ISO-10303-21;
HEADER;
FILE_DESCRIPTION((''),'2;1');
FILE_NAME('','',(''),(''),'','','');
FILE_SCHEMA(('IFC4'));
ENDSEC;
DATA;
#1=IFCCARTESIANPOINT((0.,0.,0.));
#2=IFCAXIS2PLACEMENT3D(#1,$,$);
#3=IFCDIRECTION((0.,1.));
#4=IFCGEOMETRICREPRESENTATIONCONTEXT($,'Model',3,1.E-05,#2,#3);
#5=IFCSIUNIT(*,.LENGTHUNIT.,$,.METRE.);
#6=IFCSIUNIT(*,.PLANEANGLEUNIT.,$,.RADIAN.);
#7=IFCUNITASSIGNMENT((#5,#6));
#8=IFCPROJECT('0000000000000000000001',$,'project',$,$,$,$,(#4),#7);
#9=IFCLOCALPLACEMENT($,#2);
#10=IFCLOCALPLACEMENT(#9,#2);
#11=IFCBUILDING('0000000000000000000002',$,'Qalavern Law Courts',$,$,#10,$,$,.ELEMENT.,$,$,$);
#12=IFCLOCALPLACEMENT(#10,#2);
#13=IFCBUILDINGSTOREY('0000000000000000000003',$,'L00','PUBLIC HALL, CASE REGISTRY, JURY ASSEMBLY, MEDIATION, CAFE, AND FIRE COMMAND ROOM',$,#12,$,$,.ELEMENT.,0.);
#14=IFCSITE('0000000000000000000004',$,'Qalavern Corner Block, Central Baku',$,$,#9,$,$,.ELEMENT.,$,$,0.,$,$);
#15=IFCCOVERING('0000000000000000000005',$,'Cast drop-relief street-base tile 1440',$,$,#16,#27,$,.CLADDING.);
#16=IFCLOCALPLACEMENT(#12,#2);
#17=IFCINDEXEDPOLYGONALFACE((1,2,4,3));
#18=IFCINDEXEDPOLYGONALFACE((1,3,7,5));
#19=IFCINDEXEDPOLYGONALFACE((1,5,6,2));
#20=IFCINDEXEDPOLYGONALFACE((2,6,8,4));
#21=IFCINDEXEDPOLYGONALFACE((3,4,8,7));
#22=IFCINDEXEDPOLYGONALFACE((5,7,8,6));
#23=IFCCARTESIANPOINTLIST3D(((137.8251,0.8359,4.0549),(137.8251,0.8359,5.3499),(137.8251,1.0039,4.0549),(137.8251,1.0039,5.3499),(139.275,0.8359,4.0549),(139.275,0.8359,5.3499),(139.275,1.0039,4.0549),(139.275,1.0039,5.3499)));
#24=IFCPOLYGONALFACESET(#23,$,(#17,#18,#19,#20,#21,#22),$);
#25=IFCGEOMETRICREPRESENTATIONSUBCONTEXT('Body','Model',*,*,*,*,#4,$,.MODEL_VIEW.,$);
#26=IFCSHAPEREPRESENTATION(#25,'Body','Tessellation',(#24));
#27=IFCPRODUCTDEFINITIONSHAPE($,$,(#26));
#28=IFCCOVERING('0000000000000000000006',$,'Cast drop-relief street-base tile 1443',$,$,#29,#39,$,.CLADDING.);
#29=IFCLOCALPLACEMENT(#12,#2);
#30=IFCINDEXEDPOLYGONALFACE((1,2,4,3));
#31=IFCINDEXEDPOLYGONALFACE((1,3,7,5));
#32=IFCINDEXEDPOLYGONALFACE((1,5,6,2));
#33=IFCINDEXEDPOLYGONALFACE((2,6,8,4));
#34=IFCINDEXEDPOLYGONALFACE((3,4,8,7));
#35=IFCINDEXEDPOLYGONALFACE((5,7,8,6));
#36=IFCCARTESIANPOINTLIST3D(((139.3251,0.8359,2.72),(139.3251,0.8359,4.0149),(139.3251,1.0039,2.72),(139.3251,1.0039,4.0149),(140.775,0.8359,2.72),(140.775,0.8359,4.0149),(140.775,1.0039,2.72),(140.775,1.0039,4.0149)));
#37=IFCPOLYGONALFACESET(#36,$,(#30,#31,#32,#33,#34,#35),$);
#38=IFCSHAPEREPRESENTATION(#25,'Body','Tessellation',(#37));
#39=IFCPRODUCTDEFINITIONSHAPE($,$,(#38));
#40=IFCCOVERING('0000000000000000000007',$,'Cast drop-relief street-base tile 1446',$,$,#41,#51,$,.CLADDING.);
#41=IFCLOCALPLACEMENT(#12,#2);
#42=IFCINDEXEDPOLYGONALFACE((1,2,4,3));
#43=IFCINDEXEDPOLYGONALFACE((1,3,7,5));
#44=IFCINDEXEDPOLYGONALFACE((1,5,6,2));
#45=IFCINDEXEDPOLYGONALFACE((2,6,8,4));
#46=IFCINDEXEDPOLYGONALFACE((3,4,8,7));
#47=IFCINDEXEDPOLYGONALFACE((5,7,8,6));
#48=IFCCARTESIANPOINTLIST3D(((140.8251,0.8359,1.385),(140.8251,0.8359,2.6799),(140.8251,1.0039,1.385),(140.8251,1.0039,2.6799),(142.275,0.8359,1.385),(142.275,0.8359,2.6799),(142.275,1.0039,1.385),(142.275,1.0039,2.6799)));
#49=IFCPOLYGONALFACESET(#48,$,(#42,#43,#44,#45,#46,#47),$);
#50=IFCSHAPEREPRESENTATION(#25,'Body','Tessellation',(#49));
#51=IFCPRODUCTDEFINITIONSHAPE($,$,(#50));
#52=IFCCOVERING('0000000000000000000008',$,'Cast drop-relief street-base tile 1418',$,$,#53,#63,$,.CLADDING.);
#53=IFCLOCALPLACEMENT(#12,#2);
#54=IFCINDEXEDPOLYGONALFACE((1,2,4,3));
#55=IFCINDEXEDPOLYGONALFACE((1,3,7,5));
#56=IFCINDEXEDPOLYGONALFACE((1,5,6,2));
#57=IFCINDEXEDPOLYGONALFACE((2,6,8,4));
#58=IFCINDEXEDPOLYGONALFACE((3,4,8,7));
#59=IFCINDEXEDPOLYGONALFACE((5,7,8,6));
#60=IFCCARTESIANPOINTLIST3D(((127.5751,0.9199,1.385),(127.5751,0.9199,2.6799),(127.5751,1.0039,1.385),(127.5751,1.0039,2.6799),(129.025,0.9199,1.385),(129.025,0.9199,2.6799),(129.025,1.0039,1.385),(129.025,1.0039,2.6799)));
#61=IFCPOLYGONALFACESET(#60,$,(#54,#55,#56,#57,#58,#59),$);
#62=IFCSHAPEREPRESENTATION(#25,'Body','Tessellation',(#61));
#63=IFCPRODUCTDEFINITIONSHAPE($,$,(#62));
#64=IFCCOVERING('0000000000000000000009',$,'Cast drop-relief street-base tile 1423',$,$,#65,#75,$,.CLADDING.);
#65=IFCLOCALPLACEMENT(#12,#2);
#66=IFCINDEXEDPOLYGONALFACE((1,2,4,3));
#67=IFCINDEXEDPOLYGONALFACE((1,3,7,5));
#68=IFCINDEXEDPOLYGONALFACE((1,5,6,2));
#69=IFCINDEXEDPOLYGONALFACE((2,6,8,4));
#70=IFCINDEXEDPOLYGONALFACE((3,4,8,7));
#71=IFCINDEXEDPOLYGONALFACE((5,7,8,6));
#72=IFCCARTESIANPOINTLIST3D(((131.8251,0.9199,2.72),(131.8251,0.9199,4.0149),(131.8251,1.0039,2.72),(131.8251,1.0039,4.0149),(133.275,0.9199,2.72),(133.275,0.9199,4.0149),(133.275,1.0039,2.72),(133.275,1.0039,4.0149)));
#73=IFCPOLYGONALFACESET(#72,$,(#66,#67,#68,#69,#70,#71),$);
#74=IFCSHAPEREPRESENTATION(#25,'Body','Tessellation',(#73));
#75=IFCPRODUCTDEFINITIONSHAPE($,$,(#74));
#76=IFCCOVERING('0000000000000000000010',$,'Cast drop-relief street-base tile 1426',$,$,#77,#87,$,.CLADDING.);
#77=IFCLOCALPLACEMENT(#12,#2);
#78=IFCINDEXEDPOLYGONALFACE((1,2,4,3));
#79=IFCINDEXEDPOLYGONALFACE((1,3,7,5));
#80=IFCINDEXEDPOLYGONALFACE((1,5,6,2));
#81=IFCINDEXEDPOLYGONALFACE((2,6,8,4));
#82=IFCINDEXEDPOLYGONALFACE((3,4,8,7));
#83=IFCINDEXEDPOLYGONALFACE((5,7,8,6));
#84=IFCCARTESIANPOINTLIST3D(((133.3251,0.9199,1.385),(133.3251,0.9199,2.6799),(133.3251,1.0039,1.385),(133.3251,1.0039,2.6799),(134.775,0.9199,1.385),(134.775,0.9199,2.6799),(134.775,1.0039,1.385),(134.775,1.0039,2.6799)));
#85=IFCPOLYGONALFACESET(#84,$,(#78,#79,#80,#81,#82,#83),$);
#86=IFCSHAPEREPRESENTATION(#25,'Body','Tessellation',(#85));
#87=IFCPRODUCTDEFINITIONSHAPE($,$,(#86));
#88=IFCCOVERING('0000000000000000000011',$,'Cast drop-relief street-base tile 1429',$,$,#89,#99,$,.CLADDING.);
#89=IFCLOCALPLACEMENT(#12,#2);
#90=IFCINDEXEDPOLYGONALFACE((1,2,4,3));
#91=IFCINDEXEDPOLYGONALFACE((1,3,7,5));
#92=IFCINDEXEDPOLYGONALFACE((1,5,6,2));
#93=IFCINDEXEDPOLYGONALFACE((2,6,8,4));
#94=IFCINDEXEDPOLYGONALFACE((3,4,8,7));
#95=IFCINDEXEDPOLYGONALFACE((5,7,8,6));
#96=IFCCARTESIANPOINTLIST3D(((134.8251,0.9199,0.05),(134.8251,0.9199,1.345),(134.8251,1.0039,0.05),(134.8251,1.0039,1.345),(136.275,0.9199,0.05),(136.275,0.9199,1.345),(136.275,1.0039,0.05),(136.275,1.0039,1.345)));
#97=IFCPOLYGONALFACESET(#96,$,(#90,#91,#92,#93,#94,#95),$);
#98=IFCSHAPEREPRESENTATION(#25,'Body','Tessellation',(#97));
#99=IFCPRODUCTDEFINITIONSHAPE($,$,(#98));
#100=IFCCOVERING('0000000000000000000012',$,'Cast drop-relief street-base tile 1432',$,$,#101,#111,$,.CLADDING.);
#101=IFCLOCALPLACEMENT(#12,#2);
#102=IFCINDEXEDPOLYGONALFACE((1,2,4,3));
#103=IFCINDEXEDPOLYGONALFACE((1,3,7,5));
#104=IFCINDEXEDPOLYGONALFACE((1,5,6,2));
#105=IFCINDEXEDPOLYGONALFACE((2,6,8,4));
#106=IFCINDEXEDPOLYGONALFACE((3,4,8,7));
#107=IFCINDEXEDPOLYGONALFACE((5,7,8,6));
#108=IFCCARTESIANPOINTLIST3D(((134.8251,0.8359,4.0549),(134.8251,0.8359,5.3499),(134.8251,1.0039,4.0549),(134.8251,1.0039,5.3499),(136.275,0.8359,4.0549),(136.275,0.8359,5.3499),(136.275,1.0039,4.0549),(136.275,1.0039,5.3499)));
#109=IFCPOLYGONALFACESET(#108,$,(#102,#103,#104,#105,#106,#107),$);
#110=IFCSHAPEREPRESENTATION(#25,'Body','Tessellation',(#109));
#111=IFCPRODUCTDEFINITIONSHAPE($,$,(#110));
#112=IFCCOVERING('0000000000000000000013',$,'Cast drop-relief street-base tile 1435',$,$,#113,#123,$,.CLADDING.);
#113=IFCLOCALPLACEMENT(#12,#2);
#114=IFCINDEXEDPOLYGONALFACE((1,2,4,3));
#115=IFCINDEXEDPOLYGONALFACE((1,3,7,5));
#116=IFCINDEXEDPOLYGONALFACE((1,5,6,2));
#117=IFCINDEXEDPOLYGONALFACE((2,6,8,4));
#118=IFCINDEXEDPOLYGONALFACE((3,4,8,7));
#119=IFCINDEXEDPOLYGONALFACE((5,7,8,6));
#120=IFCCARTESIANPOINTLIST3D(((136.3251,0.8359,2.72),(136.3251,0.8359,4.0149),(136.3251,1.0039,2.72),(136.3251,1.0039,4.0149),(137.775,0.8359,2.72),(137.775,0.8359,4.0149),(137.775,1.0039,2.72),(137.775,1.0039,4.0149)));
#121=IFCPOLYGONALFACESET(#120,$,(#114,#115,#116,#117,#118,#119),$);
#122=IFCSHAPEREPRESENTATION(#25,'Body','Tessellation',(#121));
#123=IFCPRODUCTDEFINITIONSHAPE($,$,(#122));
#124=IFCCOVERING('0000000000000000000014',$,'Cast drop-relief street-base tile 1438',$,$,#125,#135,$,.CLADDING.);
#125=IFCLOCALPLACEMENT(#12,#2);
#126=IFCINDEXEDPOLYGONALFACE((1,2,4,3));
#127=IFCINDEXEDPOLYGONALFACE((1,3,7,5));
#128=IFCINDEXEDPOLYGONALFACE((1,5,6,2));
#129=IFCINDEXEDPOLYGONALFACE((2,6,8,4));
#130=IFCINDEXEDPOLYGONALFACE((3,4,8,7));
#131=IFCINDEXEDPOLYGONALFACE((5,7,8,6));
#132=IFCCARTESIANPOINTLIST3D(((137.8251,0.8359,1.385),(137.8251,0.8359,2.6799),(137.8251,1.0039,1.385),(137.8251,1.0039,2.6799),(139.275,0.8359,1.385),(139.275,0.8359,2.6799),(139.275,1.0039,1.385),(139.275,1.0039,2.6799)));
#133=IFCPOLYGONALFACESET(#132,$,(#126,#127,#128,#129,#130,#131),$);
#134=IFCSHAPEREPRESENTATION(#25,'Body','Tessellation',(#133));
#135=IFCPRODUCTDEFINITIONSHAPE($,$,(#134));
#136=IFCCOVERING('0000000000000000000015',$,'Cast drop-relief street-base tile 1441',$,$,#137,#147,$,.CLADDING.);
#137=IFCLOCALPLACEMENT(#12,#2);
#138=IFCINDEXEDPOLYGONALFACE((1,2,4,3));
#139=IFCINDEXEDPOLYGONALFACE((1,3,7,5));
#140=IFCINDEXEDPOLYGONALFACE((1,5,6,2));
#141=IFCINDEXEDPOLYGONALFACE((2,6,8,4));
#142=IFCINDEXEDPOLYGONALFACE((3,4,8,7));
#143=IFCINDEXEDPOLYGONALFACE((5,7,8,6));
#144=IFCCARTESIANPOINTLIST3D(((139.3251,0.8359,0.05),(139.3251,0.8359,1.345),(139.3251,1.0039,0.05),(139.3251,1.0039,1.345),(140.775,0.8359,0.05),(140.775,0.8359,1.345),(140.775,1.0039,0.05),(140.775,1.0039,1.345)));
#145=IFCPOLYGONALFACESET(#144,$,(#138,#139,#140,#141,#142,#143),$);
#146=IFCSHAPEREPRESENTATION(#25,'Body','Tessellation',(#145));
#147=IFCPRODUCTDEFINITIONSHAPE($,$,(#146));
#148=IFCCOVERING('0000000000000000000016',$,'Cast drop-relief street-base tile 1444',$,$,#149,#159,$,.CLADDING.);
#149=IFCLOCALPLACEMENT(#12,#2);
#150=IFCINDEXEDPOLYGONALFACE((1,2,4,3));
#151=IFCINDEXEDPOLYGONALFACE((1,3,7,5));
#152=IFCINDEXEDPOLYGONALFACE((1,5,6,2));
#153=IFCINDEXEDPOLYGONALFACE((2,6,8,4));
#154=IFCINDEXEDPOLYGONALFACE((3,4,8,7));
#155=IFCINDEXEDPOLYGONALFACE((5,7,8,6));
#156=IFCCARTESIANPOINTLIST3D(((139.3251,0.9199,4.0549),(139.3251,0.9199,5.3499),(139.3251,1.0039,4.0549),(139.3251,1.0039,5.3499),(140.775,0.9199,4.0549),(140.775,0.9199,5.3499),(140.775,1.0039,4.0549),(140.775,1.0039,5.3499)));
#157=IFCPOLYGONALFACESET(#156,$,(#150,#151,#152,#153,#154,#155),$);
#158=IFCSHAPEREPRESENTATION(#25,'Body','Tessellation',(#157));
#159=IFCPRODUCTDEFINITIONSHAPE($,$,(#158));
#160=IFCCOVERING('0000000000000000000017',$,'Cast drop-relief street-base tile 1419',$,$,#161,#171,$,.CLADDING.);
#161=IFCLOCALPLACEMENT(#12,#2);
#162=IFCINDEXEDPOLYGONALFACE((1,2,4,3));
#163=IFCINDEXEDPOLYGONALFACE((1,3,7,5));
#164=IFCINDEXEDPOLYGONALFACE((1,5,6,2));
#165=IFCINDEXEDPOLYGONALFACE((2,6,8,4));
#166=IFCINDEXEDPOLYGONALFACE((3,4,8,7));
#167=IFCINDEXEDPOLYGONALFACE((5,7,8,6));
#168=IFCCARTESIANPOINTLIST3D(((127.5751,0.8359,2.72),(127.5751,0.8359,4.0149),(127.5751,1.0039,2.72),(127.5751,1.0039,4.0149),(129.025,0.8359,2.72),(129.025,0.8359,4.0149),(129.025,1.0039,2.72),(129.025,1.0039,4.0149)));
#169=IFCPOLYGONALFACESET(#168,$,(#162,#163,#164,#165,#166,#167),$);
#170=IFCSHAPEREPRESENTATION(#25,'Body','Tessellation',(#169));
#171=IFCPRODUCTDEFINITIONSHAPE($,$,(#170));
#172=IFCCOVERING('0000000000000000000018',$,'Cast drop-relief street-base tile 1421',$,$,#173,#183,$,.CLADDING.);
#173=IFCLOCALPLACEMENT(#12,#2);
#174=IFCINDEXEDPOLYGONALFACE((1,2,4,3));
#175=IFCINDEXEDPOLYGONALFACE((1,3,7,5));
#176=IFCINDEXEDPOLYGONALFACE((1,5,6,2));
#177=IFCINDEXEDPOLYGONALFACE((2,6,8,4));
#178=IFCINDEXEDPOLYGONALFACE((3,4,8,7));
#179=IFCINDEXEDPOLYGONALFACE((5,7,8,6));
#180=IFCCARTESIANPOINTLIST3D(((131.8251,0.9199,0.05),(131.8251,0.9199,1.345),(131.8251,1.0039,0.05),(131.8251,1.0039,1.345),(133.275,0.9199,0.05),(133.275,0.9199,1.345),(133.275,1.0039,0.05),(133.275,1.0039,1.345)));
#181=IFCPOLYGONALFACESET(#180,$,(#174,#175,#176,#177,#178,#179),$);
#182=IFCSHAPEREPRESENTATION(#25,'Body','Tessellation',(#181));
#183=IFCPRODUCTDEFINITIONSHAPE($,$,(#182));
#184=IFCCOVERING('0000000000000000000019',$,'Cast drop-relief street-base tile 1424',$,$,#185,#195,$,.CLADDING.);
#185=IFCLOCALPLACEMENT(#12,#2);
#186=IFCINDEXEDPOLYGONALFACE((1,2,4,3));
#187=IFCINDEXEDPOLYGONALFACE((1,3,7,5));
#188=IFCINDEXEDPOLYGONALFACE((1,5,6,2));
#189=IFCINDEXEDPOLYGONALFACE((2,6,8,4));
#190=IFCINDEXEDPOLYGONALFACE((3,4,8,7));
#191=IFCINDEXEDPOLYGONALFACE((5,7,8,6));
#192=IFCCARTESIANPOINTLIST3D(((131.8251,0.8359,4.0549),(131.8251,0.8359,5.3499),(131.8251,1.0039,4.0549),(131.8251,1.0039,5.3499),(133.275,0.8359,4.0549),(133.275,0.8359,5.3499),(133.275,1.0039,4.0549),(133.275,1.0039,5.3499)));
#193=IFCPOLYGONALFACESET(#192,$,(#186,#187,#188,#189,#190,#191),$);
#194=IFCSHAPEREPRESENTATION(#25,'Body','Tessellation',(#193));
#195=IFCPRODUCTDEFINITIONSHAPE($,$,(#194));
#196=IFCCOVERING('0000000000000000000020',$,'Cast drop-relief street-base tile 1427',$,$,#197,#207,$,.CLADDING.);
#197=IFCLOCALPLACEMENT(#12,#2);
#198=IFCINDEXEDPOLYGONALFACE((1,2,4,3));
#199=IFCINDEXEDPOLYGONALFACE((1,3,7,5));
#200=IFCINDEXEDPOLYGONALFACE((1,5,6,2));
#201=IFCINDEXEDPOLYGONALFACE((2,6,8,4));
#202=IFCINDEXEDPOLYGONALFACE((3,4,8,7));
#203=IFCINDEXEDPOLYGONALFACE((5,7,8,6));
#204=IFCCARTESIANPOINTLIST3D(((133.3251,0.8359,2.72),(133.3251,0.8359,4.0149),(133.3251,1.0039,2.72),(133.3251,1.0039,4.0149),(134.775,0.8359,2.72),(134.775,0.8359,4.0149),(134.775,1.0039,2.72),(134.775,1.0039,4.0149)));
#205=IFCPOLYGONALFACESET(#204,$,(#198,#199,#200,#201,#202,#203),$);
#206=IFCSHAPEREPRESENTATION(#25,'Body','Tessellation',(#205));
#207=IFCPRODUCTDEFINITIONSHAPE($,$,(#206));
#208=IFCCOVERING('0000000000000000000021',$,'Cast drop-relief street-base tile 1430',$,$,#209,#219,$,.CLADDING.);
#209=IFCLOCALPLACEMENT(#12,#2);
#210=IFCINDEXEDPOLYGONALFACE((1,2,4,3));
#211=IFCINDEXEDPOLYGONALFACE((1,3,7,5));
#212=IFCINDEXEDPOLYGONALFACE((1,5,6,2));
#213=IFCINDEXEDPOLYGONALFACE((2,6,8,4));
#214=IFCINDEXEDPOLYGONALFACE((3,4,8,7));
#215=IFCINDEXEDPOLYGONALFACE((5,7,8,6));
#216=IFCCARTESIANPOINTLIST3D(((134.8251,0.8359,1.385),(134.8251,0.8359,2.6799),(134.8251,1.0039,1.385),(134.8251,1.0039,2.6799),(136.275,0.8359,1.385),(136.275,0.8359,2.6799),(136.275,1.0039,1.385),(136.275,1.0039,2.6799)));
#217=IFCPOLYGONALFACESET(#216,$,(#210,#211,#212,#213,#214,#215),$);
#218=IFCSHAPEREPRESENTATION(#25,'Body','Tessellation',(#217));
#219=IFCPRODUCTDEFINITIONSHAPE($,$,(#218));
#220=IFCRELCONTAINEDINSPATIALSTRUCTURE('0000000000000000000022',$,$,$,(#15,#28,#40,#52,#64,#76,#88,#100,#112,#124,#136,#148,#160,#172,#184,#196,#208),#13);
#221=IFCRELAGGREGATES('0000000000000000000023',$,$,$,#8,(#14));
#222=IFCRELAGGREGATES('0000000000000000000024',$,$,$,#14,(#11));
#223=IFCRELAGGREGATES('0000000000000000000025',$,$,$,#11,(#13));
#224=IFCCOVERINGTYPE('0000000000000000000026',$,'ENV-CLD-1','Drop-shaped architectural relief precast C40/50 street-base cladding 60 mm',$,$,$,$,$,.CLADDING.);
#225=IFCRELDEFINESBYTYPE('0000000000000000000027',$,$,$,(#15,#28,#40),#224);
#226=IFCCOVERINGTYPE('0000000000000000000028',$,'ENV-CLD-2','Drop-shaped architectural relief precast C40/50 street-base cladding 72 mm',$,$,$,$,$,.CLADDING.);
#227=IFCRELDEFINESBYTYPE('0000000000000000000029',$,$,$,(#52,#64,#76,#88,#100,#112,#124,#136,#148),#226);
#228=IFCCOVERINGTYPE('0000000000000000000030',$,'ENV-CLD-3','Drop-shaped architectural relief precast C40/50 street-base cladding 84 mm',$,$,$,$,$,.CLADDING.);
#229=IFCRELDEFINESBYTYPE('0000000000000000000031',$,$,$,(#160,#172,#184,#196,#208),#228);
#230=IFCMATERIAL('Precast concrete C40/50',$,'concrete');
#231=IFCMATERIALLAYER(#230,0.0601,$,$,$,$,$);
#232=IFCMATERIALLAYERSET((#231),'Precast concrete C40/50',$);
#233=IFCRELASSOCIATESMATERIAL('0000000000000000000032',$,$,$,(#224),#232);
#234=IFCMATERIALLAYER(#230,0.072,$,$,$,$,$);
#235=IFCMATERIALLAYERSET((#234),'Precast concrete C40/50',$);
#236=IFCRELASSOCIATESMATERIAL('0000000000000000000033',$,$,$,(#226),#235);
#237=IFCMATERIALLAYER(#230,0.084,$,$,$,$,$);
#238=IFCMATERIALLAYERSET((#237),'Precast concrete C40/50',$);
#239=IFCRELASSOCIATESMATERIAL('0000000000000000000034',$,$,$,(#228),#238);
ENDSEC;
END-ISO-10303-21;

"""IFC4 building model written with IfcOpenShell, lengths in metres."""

from ifc_helpers import new_model, si_unit, direction, frame, origin, origin_2d, place, context, subcontext, project, spatial, rectangle, extrude, material, layer, layer_set, type_object, element, save


model = new_model("IFC4")

# Units and contexts
model_context = context("Model", 3, precision=1e-05, world=origin(), true_north=direction((0.0, 1.0)))
body_context = subcontext(model_context, "Body", "Model", "MODEL_VIEW")
ifc_project = project(units=[si_unit("LENGTHUNIT", "METRE"), si_unit("PLANEANGLEUNIT", "RADIAN")], contexts=[model_context])

# Site, building, storey
site_placement = place(None, origin())
site = spatial("IfcSite", under=ifc_project, at=site_placement, Name="Qalavern Corner Block, Central Baku", CompositionType="ELEMENT", RefElevation=0.0)
building_placement = place(site_placement, origin())
building = spatial("IfcBuilding", under=site, at=building_placement, Name="Qalavern Law Courts", CompositionType="ELEMENT")
storey_placement = place(building_placement, origin())
storey = spatial("IfcBuildingStorey", under=building, at=storey_placement, Name="L00", Description="PUBLIC HALL, CASE REGISTRY, JURY ASSEMBLY, MEDIATION, CAFE, AND FIRE COMMAND ROOM", CompositionType="ELEMENT", Elevation=0.0)

# Coverings
ifc_material_1 = material(Name="Precast concrete C40/50", Category="concrete")
ifc_layer_1 = layer(ifc_material_1, 0.0601)
ifc_layer_set_1 = layer_set([ifc_layer_1], Name="Precast concrete C40/50")
covering_type_1 = type_object("IfcCoveringType", Name="ENV-CLD-1", Description="Drop-shaped architectural relief precast C40/50 street-base cladding 60 mm", PredefinedType="CLADDING", material=ifc_layer_set_1)
for number, where, z_axis, x_axis, name in (
    (1, (138.55, 0.9199, 4.0549), (0.0, 0.0, 1.0), (1.0, 0.0, 0.0), "Cast drop-relief street-base tile 1440"),
    (2, (140.05, 0.9199, 2.72), (0.0, 0.0, 1.0), (1.0, 0.0, 0.0), "Cast drop-relief street-base tile 1443"),
    (3, (141.55, 0.9199, 1.385), (0.0, 0.0, 1.0), (1.0, 0.0, 0.0), "Cast drop-relief street-base tile 1446"),
):
    element("IfcCovering", number, at=place(storey_placement, frame(where, z_axis=z_axis, x_axis=x_axis)), inside=storey, type_object=covering_type_1, Name=name, PredefinedType="CLADDING", context=body_context, shape_type="SweptSolid", body=[
        extrude(rectangle(XDim=1.45, YDim=0.168, at=origin_2d()), origin(), (0.0, 0.0, 1.0), 1.2949),
    ])
ifc_layer_2 = layer(ifc_material_1, 0.072)
ifc_layer_set_2 = layer_set([ifc_layer_2], Name="Precast concrete C40/50")
covering_type_2 = type_object("IfcCoveringType", Name="ENV-CLD-2", Description="Drop-shaped architectural relief precast C40/50 street-base cladding 72 mm", PredefinedType="CLADDING", material=ifc_layer_set_2)
for number, where, z_axis, x_axis, name in (
    (4, (128.3, 0.9619, 1.385), (0.0, 0.0, 1.0), (1.0, 0.0, 0.0), "Cast drop-relief street-base tile 1418"),
    (5, (132.55, 0.9619, 2.72), (0.0, 0.0, 1.0), (1.0, 0.0, 0.0), "Cast drop-relief street-base tile 1423"),
    (6, (134.05, 0.9619, 1.385), (0.0, 0.0, 1.0), (1.0, 0.0, 0.0), "Cast drop-relief street-base tile 1426"),
    (7, (135.55, 0.9619, 0.05), (0.0, 0.0, 1.0), (1.0, 0.0, 0.0), "Cast drop-relief street-base tile 1429"),
):
    element("IfcCovering", number, at=place(storey_placement, frame(where, z_axis=z_axis, x_axis=x_axis)), inside=storey, type_object=covering_type_2, Name=name, PredefinedType="CLADDING", context=body_context, shape_type="SweptSolid", body=[
        extrude(rectangle(XDim=1.45, YDim=0.084, at=origin_2d()), origin(), (0.0, 0.0, 1.0), 1.2949),
    ])
for number, where, z_axis, x_axis, name in (
    (8, (135.55, 0.9199, 4.0549), (0.0, 0.0, 1.0), (1.0, 0.0, 0.0), "Cast drop-relief street-base tile 1432"),
    (9, (137.05, 0.9199, 2.72), (0.0, 0.0, 1.0), (1.0, 0.0, 0.0), "Cast drop-relief street-base tile 1435"),
    (10, (138.55, 0.9199, 1.385), (0.0, 0.0, 1.0), (1.0, 0.0, 0.0), "Cast drop-relief street-base tile 1438"),
    (11, (140.05, 0.9199, 0.05), (0.0, 0.0, 1.0), (1.0, 0.0, 0.0), "Cast drop-relief street-base tile 1441"),
):
    element("IfcCovering", number, at=place(storey_placement, frame(where, z_axis=z_axis, x_axis=x_axis)), inside=storey, type_object=covering_type_2, Name=name, PredefinedType="CLADDING", context=body_context, shape_type="SweptSolid", body=[
        extrude(rectangle(XDim=1.45, YDim=0.168, at=origin_2d()), origin(), (0.0, 0.0, 1.0), 1.2949),
    ])
covering_1_placement = place(storey_placement, frame((140.05, 0.9619, 4.0549), z_axis=(0.0, 0.0, 1.0), x_axis=(1.0, 0.0, 0.0)))
element("IfcCovering", 12, at=covering_1_placement, inside=storey, type_object=covering_type_2, Name="Cast drop-relief street-base tile 1444", PredefinedType="CLADDING", context=body_context, shape_type="SweptSolid", body=[
    extrude(rectangle(XDim=1.45, YDim=0.084, at=origin_2d()), origin(), (0.0, 0.0, 1.0), 1.2949),
])
ifc_layer_3 = layer(ifc_material_1, 0.084)
ifc_layer_set_3 = layer_set([ifc_layer_3], Name="Precast concrete C40/50")
covering_type_3 = type_object("IfcCoveringType", Name="ENV-CLD-3", Description="Drop-shaped architectural relief precast C40/50 street-base cladding 84 mm", PredefinedType="CLADDING", material=ifc_layer_set_3)
covering_2_placement = place(storey_placement, frame((128.3, 0.9199, 2.72), z_axis=(0.0, 0.0, 1.0), x_axis=(1.0, 0.0, 0.0)))
element("IfcCovering", 13, at=covering_2_placement, inside=storey, type_object=covering_type_3, Name="Cast drop-relief street-base tile 1419", PredefinedType="CLADDING", context=body_context, shape_type="SweptSolid", body=[
    extrude(rectangle(XDim=1.45, YDim=0.168, at=origin_2d()), origin(), (0.0, 0.0, 1.0), 1.2949),
])
covering_3_placement = place(storey_placement, frame((132.55, 0.9619, 0.05), z_axis=(0.0, 0.0, 1.0), x_axis=(1.0, 0.0, 0.0)))
element("IfcCovering", 14, at=covering_3_placement, inside=storey, type_object=covering_type_3, Name="Cast drop-relief street-base tile 1421", PredefinedType="CLADDING", context=body_context, shape_type="SweptSolid", body=[
    extrude(rectangle(XDim=1.45, YDim=0.084, at=origin_2d()), origin(), (0.0, 0.0, 1.0), 1.2949),
])
for number, where, z_axis, x_axis, name in (
    (15, (132.55, 0.9199, 4.0549), (0.0, 0.0, 1.0), (1.0, 0.0, 0.0), "Cast drop-relief street-base tile 1424"),
    (16, (134.05, 0.9199, 2.72), (0.0, 0.0, 1.0), (1.0, 0.0, 0.0), "Cast drop-relief street-base tile 1427"),
    (17, (135.55, 0.9199, 1.385), (0.0, 0.0, 1.0), (1.0, 0.0, 0.0), "Cast drop-relief street-base tile 1430"),
):
    element("IfcCovering", number, at=place(storey_placement, frame(where, z_axis=z_axis, x_axis=x_axis)), inside=storey, type_object=covering_type_3, Name=name, PredefinedType="CLADDING", context=body_context, shape_type="SweptSolid", body=[
        extrude(rectangle(XDim=1.45, YDim=0.168, at=origin_2d()), origin(), (0.0, 0.0, 1.0), 1.2949),
    ])

save(model, "model.ifc")
